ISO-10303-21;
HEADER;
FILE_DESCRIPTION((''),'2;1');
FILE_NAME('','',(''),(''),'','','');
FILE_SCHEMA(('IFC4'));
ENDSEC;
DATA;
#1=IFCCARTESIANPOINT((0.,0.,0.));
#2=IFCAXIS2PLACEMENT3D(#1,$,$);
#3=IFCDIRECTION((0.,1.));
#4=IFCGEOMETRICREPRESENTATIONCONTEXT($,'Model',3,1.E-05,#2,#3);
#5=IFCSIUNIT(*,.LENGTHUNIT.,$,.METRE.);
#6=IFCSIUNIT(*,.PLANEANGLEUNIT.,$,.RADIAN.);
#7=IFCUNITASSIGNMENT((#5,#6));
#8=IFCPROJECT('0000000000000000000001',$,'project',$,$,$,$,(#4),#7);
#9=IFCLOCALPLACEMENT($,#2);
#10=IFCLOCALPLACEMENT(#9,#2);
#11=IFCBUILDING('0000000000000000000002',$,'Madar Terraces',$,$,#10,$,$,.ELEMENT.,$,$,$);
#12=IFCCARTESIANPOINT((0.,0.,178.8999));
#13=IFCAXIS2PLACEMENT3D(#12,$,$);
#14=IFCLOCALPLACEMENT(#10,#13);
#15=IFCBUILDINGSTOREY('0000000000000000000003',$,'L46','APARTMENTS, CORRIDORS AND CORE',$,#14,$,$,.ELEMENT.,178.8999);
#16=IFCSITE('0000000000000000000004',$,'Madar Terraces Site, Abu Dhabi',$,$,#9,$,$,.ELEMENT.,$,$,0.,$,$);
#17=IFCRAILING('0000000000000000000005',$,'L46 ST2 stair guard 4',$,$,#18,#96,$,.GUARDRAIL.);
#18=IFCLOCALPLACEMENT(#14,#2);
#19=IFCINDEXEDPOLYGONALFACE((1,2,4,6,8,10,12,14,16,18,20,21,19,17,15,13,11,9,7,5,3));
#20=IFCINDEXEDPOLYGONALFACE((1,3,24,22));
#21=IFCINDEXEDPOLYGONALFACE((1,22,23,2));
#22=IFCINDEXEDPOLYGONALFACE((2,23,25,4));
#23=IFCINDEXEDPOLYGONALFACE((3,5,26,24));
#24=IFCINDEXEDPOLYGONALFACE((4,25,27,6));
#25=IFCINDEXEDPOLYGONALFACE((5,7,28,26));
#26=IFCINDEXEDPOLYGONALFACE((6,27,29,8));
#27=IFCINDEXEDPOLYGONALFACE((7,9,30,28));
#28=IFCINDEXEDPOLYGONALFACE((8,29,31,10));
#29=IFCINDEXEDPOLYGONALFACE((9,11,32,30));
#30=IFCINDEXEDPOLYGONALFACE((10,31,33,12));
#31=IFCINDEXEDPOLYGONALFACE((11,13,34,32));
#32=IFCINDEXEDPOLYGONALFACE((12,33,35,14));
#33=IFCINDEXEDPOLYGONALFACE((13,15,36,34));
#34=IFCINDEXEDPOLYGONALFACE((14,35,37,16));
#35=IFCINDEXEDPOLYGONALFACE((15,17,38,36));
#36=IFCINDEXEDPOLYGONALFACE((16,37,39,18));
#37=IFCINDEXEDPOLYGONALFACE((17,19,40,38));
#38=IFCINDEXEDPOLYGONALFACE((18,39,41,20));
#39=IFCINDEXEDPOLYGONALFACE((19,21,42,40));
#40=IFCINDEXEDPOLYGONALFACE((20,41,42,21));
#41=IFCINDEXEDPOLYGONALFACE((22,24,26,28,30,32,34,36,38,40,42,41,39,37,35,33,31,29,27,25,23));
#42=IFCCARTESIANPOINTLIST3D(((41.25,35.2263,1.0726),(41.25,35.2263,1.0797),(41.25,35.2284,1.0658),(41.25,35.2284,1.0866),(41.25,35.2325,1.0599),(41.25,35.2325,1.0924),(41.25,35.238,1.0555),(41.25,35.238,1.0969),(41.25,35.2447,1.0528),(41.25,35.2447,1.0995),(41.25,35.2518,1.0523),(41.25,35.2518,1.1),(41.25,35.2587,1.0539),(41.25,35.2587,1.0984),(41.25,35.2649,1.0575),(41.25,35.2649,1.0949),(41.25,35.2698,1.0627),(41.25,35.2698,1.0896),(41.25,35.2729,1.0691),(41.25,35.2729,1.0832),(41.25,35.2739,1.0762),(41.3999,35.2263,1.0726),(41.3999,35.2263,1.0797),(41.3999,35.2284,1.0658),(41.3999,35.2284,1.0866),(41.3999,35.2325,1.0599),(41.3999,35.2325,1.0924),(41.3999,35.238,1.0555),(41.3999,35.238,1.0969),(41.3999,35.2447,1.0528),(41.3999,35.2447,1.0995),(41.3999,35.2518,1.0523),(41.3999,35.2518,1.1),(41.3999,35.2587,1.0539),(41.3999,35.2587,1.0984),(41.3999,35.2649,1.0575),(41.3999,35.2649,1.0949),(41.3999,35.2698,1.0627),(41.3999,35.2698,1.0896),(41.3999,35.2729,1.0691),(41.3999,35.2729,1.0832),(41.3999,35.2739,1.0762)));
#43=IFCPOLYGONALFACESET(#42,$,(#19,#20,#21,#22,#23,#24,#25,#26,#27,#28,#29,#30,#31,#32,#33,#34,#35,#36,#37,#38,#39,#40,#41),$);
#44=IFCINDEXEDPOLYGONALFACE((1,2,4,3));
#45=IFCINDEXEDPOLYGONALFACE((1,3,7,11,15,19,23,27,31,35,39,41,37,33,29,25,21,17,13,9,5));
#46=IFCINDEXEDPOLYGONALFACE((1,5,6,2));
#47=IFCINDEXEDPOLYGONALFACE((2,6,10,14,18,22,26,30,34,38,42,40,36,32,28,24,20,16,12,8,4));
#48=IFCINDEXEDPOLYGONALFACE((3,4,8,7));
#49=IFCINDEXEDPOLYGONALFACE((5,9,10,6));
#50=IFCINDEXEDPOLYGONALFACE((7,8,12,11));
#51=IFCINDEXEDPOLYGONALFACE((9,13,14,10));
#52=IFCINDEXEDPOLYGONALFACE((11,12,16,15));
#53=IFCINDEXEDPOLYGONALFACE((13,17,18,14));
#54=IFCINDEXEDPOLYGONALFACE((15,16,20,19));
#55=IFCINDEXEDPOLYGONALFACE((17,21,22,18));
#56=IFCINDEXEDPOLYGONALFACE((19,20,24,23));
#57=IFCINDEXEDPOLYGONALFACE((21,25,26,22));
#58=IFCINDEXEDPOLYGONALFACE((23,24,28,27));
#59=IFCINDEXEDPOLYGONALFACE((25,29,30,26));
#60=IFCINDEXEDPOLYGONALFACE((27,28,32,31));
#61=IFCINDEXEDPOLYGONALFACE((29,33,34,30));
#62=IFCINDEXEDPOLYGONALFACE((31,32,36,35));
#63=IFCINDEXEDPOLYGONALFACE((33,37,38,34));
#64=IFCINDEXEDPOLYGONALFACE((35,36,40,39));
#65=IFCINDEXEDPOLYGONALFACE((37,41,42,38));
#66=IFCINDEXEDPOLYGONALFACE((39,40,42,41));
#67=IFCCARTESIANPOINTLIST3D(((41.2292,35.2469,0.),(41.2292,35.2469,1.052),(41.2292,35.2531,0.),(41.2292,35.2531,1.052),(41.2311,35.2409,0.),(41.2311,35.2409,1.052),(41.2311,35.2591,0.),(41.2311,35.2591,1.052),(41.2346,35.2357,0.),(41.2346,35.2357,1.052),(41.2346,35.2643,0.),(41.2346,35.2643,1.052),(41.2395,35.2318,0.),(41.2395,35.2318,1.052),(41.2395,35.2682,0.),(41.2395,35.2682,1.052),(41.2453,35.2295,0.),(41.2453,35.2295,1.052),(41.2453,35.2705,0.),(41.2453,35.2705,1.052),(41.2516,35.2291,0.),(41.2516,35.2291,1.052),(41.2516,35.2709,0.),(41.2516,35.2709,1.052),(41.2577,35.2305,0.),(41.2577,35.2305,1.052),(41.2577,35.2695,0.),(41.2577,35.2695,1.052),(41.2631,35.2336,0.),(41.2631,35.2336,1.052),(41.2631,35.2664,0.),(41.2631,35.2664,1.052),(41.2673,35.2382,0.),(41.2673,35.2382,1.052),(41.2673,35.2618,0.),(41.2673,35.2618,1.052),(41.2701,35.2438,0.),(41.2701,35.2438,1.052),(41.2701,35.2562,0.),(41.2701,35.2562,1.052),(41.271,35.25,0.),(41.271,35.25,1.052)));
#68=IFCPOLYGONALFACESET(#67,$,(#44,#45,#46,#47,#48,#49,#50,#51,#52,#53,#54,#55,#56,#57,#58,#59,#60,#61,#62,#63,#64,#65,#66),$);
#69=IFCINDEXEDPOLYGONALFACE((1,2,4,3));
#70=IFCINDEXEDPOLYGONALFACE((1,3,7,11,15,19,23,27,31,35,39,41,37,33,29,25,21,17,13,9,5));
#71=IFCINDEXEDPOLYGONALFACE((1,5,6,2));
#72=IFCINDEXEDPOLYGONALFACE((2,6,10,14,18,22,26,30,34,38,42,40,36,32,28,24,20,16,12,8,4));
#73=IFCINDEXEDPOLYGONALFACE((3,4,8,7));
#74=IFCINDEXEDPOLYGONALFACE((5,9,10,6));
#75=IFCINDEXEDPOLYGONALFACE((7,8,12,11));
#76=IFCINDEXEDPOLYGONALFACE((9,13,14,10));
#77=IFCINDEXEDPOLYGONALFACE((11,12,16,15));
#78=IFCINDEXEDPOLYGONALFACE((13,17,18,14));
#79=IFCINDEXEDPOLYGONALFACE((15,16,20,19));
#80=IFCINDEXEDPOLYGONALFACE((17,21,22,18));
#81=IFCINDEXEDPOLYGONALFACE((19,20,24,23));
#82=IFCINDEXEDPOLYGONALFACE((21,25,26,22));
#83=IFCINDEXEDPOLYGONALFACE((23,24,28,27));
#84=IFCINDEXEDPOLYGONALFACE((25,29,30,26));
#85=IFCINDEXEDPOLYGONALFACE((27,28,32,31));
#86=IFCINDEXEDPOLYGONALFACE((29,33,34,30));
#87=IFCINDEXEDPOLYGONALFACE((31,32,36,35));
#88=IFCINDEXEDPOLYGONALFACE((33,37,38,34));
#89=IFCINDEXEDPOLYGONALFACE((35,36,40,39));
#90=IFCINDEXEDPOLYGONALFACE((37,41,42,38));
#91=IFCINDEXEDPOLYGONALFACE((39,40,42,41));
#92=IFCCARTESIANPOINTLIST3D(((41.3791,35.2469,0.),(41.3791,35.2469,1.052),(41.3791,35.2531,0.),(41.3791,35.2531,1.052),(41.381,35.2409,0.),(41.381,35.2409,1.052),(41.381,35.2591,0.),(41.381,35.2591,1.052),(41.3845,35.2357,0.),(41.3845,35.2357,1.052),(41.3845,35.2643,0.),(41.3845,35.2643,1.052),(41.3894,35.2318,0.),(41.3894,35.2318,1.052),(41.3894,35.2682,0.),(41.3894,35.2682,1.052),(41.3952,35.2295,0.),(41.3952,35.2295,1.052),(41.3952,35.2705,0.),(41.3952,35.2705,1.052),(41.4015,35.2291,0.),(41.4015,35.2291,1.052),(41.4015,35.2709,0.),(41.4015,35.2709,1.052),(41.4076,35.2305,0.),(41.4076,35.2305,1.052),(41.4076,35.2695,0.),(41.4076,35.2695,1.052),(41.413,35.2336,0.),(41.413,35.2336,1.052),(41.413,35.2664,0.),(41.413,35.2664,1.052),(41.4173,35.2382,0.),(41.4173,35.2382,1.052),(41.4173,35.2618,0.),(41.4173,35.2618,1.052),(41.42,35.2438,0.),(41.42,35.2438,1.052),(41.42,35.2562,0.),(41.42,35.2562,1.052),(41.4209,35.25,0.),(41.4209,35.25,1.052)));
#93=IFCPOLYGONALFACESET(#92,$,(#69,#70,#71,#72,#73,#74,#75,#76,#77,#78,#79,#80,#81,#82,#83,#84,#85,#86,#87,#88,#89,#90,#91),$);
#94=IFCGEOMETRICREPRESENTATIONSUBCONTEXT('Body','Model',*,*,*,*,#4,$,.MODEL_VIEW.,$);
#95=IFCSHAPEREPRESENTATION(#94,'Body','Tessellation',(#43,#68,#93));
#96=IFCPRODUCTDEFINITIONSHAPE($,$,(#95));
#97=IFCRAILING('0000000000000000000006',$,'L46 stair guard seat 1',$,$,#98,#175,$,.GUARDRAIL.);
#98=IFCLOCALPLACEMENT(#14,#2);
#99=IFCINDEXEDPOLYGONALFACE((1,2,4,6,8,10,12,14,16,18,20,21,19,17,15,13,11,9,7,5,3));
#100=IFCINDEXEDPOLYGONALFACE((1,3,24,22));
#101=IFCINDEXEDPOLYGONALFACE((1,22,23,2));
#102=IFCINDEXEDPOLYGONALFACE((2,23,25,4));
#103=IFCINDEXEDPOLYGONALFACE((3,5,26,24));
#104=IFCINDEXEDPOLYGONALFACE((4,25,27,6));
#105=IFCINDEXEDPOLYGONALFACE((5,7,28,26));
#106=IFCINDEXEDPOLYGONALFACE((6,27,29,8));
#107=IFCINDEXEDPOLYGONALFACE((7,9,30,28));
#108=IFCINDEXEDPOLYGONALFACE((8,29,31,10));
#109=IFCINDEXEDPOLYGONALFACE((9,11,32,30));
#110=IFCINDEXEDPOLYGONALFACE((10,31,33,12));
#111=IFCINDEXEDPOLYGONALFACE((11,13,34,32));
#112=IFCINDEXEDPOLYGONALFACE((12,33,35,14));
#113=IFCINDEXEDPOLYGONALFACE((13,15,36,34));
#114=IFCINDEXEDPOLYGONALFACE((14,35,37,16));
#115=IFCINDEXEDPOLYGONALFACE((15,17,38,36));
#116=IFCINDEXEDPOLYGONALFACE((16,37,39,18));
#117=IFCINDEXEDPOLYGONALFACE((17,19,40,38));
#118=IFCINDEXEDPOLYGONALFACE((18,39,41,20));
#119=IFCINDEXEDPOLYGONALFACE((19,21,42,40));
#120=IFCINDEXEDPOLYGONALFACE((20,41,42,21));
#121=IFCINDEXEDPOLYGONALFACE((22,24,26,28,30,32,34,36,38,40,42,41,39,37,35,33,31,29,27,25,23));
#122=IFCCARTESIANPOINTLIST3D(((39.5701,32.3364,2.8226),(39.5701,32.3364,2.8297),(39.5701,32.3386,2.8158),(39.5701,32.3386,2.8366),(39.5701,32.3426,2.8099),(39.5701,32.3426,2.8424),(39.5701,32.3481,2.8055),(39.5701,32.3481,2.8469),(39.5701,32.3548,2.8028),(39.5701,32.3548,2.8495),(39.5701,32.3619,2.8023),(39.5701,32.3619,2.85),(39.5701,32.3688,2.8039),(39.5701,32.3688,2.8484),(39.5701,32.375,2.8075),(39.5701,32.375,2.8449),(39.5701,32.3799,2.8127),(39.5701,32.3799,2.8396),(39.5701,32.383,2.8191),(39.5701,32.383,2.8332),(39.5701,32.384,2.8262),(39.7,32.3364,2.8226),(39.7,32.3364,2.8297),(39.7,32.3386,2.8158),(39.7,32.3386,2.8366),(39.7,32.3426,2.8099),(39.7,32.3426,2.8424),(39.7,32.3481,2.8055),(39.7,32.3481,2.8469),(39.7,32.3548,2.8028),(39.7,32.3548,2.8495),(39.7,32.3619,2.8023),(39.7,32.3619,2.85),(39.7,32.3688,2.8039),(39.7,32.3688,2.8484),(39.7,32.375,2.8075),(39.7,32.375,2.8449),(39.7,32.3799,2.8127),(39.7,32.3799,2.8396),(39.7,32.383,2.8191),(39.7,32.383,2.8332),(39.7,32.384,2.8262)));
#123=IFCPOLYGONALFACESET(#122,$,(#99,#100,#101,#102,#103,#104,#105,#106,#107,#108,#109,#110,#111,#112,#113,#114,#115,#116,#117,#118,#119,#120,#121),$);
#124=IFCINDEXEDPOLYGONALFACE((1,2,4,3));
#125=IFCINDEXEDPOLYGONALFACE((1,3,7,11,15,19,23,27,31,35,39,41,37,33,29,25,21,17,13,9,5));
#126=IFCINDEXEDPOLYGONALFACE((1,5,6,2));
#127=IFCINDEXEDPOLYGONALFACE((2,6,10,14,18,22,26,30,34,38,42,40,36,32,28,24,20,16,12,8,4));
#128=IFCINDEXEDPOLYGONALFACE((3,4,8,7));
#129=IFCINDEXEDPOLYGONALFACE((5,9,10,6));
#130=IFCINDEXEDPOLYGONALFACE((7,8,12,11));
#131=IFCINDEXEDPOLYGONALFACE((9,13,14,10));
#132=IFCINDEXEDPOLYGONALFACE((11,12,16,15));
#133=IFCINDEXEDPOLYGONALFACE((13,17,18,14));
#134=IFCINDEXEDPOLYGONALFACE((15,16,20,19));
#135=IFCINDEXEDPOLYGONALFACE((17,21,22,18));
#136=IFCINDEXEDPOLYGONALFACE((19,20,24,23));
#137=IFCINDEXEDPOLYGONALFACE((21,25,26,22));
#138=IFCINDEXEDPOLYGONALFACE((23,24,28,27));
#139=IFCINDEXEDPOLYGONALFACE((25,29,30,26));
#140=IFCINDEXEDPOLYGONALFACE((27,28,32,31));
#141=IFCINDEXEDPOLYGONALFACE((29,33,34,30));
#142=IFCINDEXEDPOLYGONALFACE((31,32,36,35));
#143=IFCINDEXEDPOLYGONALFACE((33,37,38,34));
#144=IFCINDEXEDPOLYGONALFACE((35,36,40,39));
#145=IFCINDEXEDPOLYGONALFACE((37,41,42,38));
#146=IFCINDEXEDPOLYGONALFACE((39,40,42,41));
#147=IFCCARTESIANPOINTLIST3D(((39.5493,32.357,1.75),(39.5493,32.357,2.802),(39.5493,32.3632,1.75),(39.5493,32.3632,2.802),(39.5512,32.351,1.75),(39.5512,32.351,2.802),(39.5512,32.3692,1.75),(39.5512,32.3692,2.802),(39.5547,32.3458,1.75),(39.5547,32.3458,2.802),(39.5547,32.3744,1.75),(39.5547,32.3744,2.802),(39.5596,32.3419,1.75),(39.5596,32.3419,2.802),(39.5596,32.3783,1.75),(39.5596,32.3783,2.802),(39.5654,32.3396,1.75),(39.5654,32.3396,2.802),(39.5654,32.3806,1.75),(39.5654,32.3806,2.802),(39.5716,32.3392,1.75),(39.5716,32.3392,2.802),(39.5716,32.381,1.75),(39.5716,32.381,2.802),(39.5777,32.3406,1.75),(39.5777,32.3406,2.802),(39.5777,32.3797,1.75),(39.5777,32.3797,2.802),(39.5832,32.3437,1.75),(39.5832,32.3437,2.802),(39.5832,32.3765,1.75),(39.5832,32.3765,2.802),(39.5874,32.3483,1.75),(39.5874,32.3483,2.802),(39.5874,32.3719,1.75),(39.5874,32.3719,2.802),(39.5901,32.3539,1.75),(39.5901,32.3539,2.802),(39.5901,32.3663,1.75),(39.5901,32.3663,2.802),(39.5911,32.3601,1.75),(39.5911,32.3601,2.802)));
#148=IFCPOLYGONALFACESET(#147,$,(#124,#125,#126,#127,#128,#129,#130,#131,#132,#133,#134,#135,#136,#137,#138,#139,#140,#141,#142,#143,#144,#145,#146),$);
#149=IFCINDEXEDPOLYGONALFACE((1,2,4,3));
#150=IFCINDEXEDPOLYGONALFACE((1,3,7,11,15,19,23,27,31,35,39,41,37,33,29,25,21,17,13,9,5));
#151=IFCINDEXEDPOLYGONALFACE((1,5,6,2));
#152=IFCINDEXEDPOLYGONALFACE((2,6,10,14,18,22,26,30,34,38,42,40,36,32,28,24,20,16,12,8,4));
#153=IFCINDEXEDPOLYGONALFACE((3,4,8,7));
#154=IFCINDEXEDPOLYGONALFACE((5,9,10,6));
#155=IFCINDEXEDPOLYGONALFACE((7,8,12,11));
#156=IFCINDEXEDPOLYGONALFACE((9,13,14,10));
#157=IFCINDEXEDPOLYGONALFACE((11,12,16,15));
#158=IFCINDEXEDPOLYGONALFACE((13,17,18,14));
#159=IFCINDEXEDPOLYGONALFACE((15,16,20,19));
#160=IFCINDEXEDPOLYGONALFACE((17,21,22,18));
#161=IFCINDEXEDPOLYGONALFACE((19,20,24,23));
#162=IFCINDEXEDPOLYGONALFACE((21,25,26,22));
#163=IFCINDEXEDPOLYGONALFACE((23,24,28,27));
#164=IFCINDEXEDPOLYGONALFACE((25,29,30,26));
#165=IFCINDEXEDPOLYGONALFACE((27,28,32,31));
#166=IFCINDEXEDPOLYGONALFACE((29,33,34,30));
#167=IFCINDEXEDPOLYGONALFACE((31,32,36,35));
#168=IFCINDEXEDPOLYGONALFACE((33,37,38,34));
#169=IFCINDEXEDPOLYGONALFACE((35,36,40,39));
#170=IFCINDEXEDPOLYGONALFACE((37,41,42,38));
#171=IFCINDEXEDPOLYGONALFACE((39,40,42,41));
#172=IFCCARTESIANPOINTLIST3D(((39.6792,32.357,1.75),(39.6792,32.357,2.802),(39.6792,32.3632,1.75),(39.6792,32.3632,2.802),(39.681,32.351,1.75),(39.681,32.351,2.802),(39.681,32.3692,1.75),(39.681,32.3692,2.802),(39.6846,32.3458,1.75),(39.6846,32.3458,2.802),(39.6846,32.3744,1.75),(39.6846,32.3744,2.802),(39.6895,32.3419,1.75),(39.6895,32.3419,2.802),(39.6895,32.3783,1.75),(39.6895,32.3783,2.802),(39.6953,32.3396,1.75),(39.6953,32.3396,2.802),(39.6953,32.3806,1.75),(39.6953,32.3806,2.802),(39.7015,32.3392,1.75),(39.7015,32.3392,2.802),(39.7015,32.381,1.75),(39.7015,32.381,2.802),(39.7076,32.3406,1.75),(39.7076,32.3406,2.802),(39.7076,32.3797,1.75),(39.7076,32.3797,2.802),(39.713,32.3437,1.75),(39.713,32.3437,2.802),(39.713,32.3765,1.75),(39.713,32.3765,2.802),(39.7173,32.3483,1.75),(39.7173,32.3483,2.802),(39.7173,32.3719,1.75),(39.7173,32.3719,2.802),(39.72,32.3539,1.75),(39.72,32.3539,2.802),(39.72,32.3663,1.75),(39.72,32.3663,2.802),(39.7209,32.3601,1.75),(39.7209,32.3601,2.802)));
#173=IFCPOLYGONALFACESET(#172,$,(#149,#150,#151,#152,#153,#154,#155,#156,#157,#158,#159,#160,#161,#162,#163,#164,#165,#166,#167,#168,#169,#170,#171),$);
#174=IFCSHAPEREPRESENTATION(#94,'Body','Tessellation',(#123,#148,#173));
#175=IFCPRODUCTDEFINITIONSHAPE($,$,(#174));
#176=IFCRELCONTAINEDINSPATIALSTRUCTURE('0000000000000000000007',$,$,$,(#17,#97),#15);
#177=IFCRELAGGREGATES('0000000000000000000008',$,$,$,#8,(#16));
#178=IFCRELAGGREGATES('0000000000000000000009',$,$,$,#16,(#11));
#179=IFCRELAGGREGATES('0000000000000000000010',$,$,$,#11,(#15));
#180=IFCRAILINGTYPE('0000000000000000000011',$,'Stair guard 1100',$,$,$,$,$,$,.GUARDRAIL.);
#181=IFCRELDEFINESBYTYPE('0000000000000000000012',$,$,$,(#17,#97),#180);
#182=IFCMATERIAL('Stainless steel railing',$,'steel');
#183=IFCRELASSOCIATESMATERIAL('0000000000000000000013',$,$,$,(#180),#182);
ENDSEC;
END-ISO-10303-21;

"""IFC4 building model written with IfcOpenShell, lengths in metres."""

from ifc_helpers import new_model, si_unit, direction, frame, origin, origin_2d, place, context, subcontext, project, spatial, circle, extrude, material, type_object, element, save


model = new_model("IFC4")

# Units and contexts
model_context = context("Model", 3, precision=1e-05, world=origin(), true_north=direction((0.0, 1.0)))
body_context = subcontext(model_context, "Body", "Model", "MODEL_VIEW")
ifc_project = project(units=[si_unit("LENGTHUNIT", "METRE"), si_unit("PLANEANGLEUNIT", "RADIAN")], contexts=[model_context])

# Site, building, storey
site_placement = place(None, origin())
site = spatial("IfcSite", under=ifc_project, at=site_placement, Name="Madar Terraces Site, Abu Dhabi", CompositionType="ELEMENT", RefElevation=0.0)
building_placement = place(site_placement, origin())
building = spatial("IfcBuilding", under=site, at=building_placement, Name="Madar Terraces", CompositionType="ELEMENT")
storey_placement = place(building_placement, frame((0.0, 0.0, 178.8999)))
storey = spatial("IfcBuildingStorey", under=building, at=storey_placement, Name="L46", Description="APARTMENTS, CORRIDORS AND CORE", CompositionType="ELEMENT", Elevation=178.8999)

# Railings
ifc_material_1 = material(Name="Stainless steel railing", Category="steel")
railing_type_1 = type_object("IfcRailingType", Name="Stair guard 1100", PredefinedType="GUARDRAIL", material=ifc_material_1)
railing_1_placement = place(storey_placement, frame((41.25, 35.25, 0.0)))
element("IfcRailing", 1, at=railing_1_placement, inside=storey, type_object=railing_type_1, Name="L46 ST2 stair guard 4", PredefinedType="GUARDRAIL", context=body_context, shape_type="SweptSolid", body=[
    extrude(circle(Radius=0.0239, at=origin_2d()), frame((0.0, 0.0, 1.0762), z_axis=(1.0, 0.0, 0.0), x_axis=(0.0, 1.0, 0.0)), (0.0, 0.0, 1.0), 0.1499),
    extrude(circle(Radius=0.021, at=origin_2d()), origin(), (0.0, 0.0, 1.0), 1.052),
    extrude(circle(Radius=0.021, at=origin_2d()), frame((0.1499, 0.0, 0.0)), (0.0, 0.0, 1.0), 1.052),
])
railing_2_placement = place(storey_placement, frame((39.5701, 32.3601, 1.75)))
element("IfcRailing", 2, at=railing_2_placement, inside=storey, type_object=railing_type_1, Name="L46 stair guard seat 1", PredefinedType="GUARDRAIL", context=body_context, shape_type="SweptSolid", body=[
    extrude(circle(Radius=0.0239, at=origin_2d()), frame((0.0, 0.0, 1.0762), z_axis=(1.0, 0.0, 0.0), x_axis=(0.0, 1.0, 0.0)), (0.0, 0.0, 1.0), 0.1299),
    extrude(circle(Radius=0.021, at=origin_2d()), origin(), (0.0, 0.0, 1.0), 1.052),
    extrude(circle(Radius=0.021, at=origin_2d()), frame((0.1299, 0.0, 0.0)), (0.0, 0.0, 1.0), 1.052),
])

save(model, "model.ifc")
